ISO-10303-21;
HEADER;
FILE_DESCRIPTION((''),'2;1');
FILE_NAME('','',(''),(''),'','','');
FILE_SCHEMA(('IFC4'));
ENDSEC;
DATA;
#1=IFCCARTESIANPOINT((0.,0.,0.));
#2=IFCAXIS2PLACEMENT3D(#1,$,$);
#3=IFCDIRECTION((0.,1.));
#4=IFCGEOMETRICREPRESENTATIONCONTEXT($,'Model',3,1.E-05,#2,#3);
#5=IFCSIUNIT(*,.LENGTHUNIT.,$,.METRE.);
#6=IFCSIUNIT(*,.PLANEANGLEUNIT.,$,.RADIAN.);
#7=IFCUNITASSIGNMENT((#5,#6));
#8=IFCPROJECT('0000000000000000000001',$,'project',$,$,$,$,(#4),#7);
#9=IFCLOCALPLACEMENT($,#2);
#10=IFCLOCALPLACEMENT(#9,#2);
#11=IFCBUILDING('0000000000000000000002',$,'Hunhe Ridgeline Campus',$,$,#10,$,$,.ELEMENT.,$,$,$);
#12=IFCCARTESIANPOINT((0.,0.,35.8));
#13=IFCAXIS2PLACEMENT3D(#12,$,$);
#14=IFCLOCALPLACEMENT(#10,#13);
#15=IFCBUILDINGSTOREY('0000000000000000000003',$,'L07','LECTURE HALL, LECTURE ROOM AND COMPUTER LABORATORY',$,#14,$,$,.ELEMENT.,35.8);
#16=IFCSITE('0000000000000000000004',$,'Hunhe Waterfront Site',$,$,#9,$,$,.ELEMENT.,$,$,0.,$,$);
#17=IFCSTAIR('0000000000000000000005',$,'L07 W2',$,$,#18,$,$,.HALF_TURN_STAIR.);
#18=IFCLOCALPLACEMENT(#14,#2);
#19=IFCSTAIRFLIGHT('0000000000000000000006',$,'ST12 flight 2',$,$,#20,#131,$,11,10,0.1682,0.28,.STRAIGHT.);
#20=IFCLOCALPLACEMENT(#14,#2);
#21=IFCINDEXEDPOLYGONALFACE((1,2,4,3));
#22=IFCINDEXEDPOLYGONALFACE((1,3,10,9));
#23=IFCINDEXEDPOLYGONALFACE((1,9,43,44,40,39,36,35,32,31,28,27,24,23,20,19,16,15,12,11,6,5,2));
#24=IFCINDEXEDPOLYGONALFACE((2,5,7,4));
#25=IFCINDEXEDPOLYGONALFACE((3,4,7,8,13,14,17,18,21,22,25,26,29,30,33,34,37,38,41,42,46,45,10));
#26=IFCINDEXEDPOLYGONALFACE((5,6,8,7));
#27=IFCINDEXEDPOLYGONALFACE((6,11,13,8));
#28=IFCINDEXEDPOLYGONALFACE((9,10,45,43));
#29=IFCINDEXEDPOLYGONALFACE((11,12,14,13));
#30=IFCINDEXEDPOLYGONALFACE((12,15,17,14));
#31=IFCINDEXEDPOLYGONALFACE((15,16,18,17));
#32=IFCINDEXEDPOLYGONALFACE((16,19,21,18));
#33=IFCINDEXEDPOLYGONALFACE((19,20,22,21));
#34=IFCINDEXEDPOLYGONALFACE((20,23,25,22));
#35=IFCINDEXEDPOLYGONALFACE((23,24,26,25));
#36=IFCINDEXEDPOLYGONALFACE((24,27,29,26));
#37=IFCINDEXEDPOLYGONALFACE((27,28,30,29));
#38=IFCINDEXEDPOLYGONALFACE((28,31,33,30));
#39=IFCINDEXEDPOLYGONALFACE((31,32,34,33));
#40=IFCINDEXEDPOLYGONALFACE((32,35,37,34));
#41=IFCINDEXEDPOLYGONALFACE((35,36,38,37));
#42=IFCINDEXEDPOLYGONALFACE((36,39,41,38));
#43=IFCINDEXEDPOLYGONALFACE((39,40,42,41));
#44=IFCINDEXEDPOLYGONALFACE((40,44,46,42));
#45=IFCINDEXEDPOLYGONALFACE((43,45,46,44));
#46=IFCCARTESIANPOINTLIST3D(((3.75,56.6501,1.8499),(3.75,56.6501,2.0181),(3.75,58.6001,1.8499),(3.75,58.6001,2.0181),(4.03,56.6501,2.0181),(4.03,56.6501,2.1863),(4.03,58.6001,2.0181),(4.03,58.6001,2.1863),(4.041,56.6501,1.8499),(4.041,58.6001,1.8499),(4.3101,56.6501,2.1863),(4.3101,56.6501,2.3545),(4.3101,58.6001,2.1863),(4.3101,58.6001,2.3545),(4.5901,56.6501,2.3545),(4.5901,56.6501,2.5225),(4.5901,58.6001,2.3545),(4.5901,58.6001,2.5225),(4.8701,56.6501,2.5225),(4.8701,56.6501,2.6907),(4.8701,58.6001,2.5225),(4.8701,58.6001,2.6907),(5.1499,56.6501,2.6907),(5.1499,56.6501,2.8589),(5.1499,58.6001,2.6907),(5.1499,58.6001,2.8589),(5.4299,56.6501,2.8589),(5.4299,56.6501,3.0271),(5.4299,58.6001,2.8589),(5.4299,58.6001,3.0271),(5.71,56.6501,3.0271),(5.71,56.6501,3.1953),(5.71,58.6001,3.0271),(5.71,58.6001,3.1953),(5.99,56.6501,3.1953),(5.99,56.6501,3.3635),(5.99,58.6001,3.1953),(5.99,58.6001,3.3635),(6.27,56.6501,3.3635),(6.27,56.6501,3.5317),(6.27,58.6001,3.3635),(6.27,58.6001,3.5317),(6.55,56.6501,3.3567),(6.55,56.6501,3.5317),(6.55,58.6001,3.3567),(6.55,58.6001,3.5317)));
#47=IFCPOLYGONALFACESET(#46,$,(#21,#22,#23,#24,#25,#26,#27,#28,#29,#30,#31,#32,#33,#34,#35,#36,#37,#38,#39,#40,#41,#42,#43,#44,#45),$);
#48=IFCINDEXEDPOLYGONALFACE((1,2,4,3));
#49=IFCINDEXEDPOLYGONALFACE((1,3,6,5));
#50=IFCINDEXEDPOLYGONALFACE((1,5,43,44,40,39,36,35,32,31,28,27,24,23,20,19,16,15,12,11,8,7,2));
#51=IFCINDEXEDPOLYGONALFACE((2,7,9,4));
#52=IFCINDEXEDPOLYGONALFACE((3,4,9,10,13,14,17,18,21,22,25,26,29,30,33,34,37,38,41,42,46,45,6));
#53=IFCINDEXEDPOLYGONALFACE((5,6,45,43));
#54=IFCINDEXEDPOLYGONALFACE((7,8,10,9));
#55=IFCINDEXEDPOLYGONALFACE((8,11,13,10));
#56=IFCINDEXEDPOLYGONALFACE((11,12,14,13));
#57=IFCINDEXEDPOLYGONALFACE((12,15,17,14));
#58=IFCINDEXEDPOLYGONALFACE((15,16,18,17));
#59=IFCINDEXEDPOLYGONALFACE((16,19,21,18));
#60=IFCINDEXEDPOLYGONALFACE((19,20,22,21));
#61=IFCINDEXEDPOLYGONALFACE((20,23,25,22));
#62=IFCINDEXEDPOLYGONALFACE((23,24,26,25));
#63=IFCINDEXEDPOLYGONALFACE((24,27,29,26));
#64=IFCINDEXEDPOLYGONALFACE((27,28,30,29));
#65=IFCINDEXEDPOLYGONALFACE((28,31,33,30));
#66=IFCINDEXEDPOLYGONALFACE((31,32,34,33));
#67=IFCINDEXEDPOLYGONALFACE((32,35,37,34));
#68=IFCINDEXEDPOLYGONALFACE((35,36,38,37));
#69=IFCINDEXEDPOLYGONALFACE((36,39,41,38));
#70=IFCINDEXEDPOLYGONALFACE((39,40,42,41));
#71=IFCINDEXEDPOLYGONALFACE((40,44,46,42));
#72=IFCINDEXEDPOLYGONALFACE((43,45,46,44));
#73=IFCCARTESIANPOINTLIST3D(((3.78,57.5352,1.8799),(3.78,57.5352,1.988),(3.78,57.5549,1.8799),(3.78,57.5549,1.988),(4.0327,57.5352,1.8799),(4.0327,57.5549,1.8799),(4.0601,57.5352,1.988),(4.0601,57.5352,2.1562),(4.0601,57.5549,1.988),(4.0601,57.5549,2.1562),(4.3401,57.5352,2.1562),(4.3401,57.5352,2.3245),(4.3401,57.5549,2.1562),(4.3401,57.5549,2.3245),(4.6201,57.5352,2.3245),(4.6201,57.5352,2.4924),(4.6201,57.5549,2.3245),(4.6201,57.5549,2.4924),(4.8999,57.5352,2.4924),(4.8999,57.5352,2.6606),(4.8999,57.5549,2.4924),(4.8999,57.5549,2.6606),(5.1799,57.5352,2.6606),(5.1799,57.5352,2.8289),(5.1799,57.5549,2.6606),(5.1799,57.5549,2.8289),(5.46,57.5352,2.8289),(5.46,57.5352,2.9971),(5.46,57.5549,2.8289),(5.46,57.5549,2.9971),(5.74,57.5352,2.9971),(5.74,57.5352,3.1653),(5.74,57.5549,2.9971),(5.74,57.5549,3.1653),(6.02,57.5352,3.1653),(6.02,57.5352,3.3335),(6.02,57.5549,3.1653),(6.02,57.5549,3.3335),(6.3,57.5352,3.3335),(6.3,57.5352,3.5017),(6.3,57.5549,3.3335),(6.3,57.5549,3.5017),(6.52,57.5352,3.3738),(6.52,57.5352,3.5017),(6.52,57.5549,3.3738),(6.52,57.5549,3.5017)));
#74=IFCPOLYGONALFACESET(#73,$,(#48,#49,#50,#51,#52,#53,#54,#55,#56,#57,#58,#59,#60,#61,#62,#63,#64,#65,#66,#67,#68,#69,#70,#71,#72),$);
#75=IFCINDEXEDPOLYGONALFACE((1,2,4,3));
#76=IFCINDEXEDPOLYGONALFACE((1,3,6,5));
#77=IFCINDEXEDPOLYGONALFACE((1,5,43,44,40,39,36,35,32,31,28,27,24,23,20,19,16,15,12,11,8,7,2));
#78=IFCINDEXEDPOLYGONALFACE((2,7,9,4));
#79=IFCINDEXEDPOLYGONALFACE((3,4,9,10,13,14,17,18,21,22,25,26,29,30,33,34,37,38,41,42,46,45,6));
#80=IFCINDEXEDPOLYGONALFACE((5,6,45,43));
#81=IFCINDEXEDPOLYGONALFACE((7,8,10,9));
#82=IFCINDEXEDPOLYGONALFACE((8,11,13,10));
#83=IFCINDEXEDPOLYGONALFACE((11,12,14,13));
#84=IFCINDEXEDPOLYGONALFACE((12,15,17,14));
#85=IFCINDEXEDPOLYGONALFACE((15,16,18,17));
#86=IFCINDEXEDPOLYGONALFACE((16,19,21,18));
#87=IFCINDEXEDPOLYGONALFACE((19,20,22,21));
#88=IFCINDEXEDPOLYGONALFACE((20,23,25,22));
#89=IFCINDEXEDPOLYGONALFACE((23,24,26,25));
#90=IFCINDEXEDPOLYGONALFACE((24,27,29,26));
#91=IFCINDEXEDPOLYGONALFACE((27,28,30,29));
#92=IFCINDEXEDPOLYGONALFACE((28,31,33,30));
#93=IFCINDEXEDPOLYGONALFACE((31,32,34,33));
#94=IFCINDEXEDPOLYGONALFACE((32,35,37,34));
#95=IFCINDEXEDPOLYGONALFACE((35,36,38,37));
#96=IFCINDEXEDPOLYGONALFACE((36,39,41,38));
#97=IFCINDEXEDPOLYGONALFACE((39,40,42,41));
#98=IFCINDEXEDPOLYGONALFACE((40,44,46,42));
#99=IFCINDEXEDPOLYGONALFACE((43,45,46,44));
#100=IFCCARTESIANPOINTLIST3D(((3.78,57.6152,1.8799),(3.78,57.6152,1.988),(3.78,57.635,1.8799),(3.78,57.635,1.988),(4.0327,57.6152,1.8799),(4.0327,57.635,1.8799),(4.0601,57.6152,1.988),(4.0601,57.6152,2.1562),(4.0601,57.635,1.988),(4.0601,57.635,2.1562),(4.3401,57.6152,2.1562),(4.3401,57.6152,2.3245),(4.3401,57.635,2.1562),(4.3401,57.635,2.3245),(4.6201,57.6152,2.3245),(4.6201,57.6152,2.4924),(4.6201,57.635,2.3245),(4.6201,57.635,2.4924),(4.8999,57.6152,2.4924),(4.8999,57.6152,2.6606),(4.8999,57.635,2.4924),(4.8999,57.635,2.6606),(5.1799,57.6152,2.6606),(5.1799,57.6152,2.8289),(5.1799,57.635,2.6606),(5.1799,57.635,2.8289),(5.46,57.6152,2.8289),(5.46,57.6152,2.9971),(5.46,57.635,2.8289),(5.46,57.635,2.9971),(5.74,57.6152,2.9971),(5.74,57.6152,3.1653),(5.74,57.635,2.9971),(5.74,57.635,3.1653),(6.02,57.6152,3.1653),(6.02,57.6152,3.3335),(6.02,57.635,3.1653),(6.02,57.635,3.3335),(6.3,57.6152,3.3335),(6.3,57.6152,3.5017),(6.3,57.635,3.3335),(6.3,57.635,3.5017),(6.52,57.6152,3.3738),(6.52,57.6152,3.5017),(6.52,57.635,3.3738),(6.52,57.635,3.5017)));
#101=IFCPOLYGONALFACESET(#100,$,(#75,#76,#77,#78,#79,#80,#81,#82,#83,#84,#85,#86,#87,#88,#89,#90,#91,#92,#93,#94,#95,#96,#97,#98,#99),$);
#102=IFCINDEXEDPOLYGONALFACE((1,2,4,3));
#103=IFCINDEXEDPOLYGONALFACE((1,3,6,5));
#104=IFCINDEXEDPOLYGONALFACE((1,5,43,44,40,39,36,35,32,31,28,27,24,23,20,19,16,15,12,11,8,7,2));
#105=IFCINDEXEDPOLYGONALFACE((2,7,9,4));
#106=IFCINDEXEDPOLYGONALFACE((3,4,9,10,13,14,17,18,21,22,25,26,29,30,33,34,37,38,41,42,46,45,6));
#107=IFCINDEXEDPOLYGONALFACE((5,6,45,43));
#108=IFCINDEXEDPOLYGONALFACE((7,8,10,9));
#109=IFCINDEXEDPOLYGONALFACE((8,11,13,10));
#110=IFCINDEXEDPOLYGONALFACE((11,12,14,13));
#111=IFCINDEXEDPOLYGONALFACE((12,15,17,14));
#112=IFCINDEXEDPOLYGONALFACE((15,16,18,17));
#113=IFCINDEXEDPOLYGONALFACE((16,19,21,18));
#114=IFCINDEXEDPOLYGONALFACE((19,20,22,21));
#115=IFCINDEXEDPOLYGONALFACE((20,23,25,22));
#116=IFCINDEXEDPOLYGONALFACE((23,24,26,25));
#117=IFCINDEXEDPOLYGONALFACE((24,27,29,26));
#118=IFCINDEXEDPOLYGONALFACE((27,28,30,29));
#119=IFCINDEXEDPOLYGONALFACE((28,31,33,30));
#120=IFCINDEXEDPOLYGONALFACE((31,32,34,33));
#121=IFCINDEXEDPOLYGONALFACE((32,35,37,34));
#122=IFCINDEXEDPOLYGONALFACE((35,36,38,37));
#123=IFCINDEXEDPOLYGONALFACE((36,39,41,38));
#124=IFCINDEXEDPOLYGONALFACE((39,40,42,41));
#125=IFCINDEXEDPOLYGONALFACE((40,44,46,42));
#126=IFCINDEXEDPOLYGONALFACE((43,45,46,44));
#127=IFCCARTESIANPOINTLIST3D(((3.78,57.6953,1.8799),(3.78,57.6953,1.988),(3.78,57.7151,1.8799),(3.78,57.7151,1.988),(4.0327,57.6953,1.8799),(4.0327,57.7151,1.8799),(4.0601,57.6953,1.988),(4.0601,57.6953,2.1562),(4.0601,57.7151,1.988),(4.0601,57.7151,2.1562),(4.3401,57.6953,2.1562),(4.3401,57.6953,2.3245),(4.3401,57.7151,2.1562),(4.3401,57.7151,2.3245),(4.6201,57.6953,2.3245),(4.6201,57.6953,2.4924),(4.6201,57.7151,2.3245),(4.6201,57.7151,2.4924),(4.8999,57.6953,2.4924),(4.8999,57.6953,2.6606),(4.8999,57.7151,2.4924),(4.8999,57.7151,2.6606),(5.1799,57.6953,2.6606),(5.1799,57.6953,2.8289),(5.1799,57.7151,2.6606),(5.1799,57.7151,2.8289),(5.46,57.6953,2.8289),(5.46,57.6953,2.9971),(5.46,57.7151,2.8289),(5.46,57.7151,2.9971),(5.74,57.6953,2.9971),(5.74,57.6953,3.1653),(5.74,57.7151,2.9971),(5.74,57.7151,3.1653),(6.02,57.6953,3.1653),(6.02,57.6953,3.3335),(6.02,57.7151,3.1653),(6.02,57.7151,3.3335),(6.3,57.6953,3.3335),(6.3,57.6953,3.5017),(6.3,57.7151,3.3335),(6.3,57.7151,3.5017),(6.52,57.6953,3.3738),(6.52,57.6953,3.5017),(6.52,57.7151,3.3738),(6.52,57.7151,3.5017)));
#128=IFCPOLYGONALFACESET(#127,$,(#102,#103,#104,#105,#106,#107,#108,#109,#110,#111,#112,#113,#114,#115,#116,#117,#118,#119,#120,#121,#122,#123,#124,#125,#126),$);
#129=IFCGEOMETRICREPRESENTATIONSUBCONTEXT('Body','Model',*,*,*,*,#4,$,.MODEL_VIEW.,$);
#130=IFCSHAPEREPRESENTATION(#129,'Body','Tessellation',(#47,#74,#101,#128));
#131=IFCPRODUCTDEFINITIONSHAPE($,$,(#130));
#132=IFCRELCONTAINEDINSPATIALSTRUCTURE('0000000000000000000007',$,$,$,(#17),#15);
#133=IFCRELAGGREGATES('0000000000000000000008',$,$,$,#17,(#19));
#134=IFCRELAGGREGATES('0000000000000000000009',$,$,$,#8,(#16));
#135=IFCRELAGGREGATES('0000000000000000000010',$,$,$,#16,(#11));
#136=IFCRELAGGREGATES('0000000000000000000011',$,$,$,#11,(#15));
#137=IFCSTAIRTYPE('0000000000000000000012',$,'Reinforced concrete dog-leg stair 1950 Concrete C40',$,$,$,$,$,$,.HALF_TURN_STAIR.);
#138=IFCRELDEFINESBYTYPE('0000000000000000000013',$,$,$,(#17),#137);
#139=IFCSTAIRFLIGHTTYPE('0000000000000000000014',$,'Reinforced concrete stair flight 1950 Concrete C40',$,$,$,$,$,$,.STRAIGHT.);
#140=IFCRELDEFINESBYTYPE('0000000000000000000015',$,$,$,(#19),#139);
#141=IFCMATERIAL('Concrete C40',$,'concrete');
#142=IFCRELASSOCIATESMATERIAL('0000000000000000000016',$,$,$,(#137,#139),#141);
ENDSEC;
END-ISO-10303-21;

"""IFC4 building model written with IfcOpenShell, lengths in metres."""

from ifc_helpers import new_model, si_unit, direction, frame, origin, place, context, subcontext, project, spatial, polyline, outline, extrude, material, type_object, element, aggregate, save


model = new_model("IFC4")

# Units and contexts
model_context = context("Model", 3, precision=1e-05, world=origin(), true_north=direction((0.0, 1.0)))
body_context = subcontext(model_context, "Body", "Model", "MODEL_VIEW")
ifc_project = project(units=[si_unit("LENGTHUNIT", "METRE"), si_unit("PLANEANGLEUNIT", "RADIAN")], contexts=[model_context])

# Site, building, storey
site_placement = place(None, origin())
site = spatial("IfcSite", under=ifc_project, at=site_placement, Name="Hunhe Waterfront Site", CompositionType="ELEMENT", RefElevation=0.0)
building_placement = place(site_placement, origin())
building = spatial("IfcBuilding", under=site, at=building_placement, Name="Hunhe Ridgeline Campus", CompositionType="ELEMENT")
storey_placement = place(building_placement, frame((0.0, 0.0, 35.8)))
storey = spatial("IfcBuildingStorey", under=building, at=storey_placement, Name="L07", Description="LECTURE HALL, LECTURE ROOM AND COMPUTER LABORATORY", CompositionType="ELEMENT", Elevation=35.8)

# Stair, stair flight
ifc_material_1 = material(Name="Concrete C40", Category="concrete")
stair_type = type_object("IfcStairType", Name="Reinforced concrete dog-leg stair 1950 Concrete C40", PredefinedType="HALF_TURN_STAIR", material=ifc_material_1)
stair_flight_type = type_object("IfcStairFlightType", Name="Reinforced concrete stair flight 1950 Concrete C40", PredefinedType="STRAIGHT", material=ifc_material_1)
stair_1_placement = place(storey_placement, origin())
stair_1 = element("IfcStair", 1, at=stair_1_placement, inside=storey, type_object=stair_type, Name="L07 W2", PredefinedType="HALF_TURN_STAIR")
stair_flight_1_placement = place(storey_placement, frame((3.75, 57.625, 1.8499), z_axis=(0.0, 0.0, 1.0), x_axis=(1.0, 0.0, 0.0)))
stair_flight_1 = element("IfcStairFlight", 2, at=stair_flight_1_placement, type_object=stair_flight_type, Name="ST12 flight 2", NumberOfRisers=11, NumberOfTreads=10, PredefinedType="STRAIGHT", RiserHeight=0.1682, TreadLength=0.28, context=body_context, shape_type="SweptSolid", body=[
    extrude(outline(polyline([(0.0, 0.0), (0.0, 0.1682), (0.28, 0.1682), (0.28, 0.3364), (0.5601, 0.3364), (0.5601, 0.5046), (0.8401, 0.5046), (0.8401, 0.6726), (1.1201, 0.6726), (1.1201, 0.8408), (1.3999, 0.8408), (1.3999, 1.009), (1.6799, 1.009), (1.6799, 1.1772), (1.96, 1.1772), (1.96, 1.3455), (2.24, 1.3455), (2.24, 1.5137), (2.52, 1.5137), (2.52, 1.6819), (2.8, 1.6819), (2.8, 1.8501), (2.8, 1.5068), (0.291, 0.0), (0.0, 0.0)])), frame((0.0, 0.9751, 0.0), z_axis=(0.0, -1.0, 0.0), x_axis=(1.0, 0.0, 0.0)), (0.0, 0.0, 1.0), 1.95),
    extrude(outline(polyline([(0.03, 0.03), (0.03, 0.1382), (0.3101, 0.1382), (0.3101, 0.3064), (0.5901, 0.3064), (0.5901, 0.4746), (0.8701, 0.4746), (0.8701, 0.6426), (1.1499, 0.6426), (1.1499, 0.8108), (1.4299, 0.8108), (1.4299, 0.979), (1.71, 0.979), (1.71, 1.1472), (1.99, 1.1472), (1.99, 1.3154), (2.27, 1.3154), (2.27, 1.4836), (2.55, 1.4836), (2.55, 1.6519), (2.77, 1.6519), (2.77, 1.5239), (0.2827, 0.03), (0.03, 0.03)])), frame((0.0, -0.0701, 0.0), z_axis=(0.0, -1.0, 0.0), x_axis=(1.0, 0.0, 0.0)), (0.0, 0.0, 1.0), 0.0198),
    extrude(outline(polyline([(0.03, 0.03), (0.03, 0.1382), (0.3101, 0.1382), (0.3101, 0.3064), (0.5901, 0.3064), (0.5901, 0.4746), (0.8701, 0.4746), (0.8701, 0.6426), (1.1499, 0.6426), (1.1499, 0.8108), (1.4299, 0.8108), (1.4299, 0.979), (1.71, 0.979), (1.71, 1.1472), (1.99, 1.1472), (1.99, 1.3154), (2.27, 1.3154), (2.27, 1.4836), (2.55, 1.4836), (2.55, 1.6519), (2.77, 1.6519), (2.77, 1.5239), (0.2827, 0.03), (0.03, 0.03)])), frame((0.0, 0.01, 0.0), z_axis=(0.0, -1.0, 0.0), x_axis=(1.0, 0.0, 0.0)), (0.0, 0.0, 1.0), 0.0198),
    extrude(outline(polyline([(0.03, 0.03), (0.03, 0.1382), (0.3101, 0.1382), (0.3101, 0.3064), (0.5901, 0.3064), (0.5901, 0.4746), (0.8701, 0.4746), (0.8701, 0.6426), (1.1499, 0.6426), (1.1499, 0.8108), (1.4299, 0.8108), (1.4299, 0.979), (1.71, 0.979), (1.71, 1.1472), (1.99, 1.1472), (1.99, 1.3154), (2.27, 1.3154), (2.27, 1.4836), (2.55, 1.4836), (2.55, 1.6519), (2.77, 1.6519), (2.77, 1.5239), (0.2827, 0.03), (0.03, 0.03)])), frame((0.0, 0.0901, 0.0), z_axis=(0.0, -1.0, 0.0), x_axis=(1.0, 0.0, 0.0)), (0.0, 0.0, 1.0), 0.0198),
])
aggregate(stair_1, [stair_flight_1])

save(model, "model.ifc")
